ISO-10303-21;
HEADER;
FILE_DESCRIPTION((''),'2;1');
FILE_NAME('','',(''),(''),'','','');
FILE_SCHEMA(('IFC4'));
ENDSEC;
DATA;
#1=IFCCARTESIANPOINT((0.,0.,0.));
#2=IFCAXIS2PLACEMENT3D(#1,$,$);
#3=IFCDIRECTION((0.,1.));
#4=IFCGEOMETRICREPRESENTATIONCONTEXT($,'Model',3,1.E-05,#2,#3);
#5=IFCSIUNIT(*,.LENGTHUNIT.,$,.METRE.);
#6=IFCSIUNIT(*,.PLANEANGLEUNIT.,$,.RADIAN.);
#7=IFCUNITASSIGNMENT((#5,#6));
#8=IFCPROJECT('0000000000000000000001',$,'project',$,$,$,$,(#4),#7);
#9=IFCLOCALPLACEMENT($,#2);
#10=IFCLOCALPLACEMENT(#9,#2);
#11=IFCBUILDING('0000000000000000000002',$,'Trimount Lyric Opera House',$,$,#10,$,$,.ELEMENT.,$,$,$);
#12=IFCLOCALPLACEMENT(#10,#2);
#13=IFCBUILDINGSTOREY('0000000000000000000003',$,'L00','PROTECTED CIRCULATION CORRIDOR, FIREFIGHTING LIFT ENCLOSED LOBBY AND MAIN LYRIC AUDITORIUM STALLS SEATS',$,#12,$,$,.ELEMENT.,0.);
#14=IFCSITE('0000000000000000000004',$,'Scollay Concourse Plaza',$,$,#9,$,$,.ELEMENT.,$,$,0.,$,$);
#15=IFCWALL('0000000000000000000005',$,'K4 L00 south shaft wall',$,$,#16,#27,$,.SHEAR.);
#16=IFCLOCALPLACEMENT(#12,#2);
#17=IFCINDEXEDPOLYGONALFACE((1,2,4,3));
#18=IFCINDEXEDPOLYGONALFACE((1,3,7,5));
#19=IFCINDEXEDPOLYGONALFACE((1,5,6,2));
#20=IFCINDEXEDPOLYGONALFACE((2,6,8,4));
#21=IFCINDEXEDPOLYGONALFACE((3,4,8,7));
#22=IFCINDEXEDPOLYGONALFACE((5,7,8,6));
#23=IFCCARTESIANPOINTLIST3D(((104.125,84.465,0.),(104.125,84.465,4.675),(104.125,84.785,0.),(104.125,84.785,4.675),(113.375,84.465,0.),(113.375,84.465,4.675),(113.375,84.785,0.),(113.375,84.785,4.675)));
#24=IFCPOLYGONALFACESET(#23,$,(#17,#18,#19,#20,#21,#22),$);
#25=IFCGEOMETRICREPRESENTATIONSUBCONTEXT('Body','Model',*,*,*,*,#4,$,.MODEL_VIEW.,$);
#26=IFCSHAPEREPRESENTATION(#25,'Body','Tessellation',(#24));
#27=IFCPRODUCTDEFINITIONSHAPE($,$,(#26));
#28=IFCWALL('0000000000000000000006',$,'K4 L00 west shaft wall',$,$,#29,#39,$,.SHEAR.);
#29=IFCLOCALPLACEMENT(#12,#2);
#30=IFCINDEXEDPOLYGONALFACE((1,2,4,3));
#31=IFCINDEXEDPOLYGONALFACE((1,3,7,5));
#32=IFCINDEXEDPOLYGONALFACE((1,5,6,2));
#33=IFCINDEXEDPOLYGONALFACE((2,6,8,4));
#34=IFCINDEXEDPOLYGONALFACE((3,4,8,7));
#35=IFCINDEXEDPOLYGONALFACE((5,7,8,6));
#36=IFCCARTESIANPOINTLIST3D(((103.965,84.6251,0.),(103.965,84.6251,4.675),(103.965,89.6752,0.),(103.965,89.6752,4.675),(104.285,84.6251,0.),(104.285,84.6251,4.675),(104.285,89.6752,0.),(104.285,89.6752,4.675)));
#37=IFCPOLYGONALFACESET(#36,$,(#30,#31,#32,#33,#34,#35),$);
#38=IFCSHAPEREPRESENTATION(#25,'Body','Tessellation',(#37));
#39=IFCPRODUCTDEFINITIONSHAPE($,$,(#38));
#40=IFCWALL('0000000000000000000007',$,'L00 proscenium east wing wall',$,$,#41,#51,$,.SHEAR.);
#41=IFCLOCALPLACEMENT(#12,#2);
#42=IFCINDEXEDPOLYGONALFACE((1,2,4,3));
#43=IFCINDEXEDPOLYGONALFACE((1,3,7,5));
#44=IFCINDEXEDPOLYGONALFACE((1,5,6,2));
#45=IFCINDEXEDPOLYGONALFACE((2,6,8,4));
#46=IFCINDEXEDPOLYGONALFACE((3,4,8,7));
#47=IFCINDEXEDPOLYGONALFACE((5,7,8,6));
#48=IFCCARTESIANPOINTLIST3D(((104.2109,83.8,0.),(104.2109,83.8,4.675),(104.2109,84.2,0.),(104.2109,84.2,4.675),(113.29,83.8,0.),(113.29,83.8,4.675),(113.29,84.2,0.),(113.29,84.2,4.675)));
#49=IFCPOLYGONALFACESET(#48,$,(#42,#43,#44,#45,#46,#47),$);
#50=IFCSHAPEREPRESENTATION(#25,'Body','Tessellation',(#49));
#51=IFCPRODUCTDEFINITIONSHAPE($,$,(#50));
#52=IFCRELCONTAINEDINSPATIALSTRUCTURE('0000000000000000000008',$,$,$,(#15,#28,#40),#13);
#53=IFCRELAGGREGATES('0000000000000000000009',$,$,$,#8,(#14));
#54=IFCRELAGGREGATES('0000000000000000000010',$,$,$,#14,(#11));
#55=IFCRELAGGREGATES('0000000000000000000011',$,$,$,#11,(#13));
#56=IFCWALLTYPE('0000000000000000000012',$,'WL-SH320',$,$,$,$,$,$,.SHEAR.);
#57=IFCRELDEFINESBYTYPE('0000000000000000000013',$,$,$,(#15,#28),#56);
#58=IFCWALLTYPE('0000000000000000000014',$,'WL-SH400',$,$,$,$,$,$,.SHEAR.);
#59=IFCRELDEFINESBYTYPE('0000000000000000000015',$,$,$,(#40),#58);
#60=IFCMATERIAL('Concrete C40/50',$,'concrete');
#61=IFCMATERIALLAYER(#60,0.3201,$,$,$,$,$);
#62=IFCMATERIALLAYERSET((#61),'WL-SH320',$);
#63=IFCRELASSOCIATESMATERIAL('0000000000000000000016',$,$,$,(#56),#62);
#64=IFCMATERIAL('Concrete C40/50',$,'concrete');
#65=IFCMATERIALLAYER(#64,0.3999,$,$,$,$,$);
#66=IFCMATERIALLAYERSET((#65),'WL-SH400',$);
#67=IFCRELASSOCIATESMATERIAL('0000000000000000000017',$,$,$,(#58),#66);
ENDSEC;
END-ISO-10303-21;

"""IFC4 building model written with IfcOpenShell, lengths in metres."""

from ifc_helpers import new_model, si_unit, direction, frame, frame_2d, origin, place, context, subcontext, project, spatial, rectangle, extrude, material, layer, layer_set, type_object, element, save


model = new_model("IFC4")

# Units and contexts
model_context = context("Model", 3, precision=1e-05, world=origin(), true_north=direction((0.0, 1.0)))
body_context = subcontext(model_context, "Body", "Model", "MODEL_VIEW")
ifc_project = project(units=[si_unit("LENGTHUNIT", "METRE"), si_unit("PLANEANGLEUNIT", "RADIAN")], contexts=[model_context])

# Site, building, storey
site_placement = place(None, origin())
site = spatial("IfcSite", under=ifc_project, at=site_placement, Name="Scollay Concourse Plaza", CompositionType="ELEMENT", RefElevation=0.0)
building_placement = place(site_placement, origin())
building = spatial("IfcBuilding", under=site, at=building_placement, Name="Trimount Lyric Opera House", CompositionType="ELEMENT")
storey_placement = place(building_placement, origin())
storey = spatial("IfcBuildingStorey", under=building, at=storey_placement, Name="L00", Description="PROTECTED CIRCULATION CORRIDOR, FIREFIGHTING LIFT ENCLOSED LOBBY AND MAIN LYRIC AUDITORIUM STALLS SEATS", CompositionType="ELEMENT", Elevation=0.0)

# Walls
ifc_material_1 = material(Name="Concrete C40/50", Category="concrete")
ifc_layer_1 = layer(ifc_material_1, 0.3201)
ifc_layer_set_1 = layer_set([ifc_layer_1], Name="WL-SH320")
wall_type_1 = type_object("IfcWallType", Name="WL-SH320", PredefinedType="SHEAR", material=ifc_layer_set_1)
wall_1_placement = place(storey_placement, frame((104.125, 84.625, 0.0), z_axis=(0.0, 0.0, 1.0), x_axis=(1.0, 0.0, 0.0)))
element("IfcWall", 1, at=wall_1_placement, inside=storey, type_object=wall_type_1, Name="K4 L00 south shaft wall", PredefinedType="SHEAR", context=body_context, shape_type="SweptSolid", body=[
    extrude(rectangle(XDim=9.25, YDim=0.3201, at=frame_2d((4.625, 0.0))), origin(), (0.0, 0.0, 1.0), 4.675),
])
wall_2_placement = place(storey_placement, frame((104.125, 89.675, 0.0), z_axis=(0.0, 0.0, 1.0), x_axis=(0.0, -1.0, 0.0)))
element("IfcWall", 2, at=wall_2_placement, inside=storey, type_object=wall_type_1, Name="K4 L00 west shaft wall", PredefinedType="SHEAR", context=body_context, shape_type="SweptSolid", body=[
    extrude(rectangle(XDim=5.05, YDim=0.3201, at=frame_2d((2.5249, 0.0))), origin(), (0.0, 0.0, 1.0), 4.675),
])
ifc_material_2 = material(Name="Concrete C40/50", Category="concrete")
ifc_layer_2 = layer(ifc_material_2, 0.3999)
ifc_layer_set_2 = layer_set([ifc_layer_2], Name="WL-SH400")
wall_type_2 = type_object("IfcWallType", Name="WL-SH400", PredefinedType="SHEAR", material=ifc_layer_set_2)
wall_3_placement = place(storey_placement, frame((104.2109, 84.0, 0.0), z_axis=(0.0, 0.0, 1.0), x_axis=(1.0, 0.0, 0.0)))
element("IfcWall", 3, at=wall_3_placement, inside=storey, type_object=wall_type_2, Name="L00 proscenium east wing wall", PredefinedType="SHEAR", context=body_context, shape_type="SweptSolid", body=[
    extrude(rectangle(XDim=9.0791, YDim=0.3999, at=frame_2d((4.5396, 0.0))), origin(), (0.0, 0.0, 1.0), 4.675),
])

save(model, "model.ifc")
